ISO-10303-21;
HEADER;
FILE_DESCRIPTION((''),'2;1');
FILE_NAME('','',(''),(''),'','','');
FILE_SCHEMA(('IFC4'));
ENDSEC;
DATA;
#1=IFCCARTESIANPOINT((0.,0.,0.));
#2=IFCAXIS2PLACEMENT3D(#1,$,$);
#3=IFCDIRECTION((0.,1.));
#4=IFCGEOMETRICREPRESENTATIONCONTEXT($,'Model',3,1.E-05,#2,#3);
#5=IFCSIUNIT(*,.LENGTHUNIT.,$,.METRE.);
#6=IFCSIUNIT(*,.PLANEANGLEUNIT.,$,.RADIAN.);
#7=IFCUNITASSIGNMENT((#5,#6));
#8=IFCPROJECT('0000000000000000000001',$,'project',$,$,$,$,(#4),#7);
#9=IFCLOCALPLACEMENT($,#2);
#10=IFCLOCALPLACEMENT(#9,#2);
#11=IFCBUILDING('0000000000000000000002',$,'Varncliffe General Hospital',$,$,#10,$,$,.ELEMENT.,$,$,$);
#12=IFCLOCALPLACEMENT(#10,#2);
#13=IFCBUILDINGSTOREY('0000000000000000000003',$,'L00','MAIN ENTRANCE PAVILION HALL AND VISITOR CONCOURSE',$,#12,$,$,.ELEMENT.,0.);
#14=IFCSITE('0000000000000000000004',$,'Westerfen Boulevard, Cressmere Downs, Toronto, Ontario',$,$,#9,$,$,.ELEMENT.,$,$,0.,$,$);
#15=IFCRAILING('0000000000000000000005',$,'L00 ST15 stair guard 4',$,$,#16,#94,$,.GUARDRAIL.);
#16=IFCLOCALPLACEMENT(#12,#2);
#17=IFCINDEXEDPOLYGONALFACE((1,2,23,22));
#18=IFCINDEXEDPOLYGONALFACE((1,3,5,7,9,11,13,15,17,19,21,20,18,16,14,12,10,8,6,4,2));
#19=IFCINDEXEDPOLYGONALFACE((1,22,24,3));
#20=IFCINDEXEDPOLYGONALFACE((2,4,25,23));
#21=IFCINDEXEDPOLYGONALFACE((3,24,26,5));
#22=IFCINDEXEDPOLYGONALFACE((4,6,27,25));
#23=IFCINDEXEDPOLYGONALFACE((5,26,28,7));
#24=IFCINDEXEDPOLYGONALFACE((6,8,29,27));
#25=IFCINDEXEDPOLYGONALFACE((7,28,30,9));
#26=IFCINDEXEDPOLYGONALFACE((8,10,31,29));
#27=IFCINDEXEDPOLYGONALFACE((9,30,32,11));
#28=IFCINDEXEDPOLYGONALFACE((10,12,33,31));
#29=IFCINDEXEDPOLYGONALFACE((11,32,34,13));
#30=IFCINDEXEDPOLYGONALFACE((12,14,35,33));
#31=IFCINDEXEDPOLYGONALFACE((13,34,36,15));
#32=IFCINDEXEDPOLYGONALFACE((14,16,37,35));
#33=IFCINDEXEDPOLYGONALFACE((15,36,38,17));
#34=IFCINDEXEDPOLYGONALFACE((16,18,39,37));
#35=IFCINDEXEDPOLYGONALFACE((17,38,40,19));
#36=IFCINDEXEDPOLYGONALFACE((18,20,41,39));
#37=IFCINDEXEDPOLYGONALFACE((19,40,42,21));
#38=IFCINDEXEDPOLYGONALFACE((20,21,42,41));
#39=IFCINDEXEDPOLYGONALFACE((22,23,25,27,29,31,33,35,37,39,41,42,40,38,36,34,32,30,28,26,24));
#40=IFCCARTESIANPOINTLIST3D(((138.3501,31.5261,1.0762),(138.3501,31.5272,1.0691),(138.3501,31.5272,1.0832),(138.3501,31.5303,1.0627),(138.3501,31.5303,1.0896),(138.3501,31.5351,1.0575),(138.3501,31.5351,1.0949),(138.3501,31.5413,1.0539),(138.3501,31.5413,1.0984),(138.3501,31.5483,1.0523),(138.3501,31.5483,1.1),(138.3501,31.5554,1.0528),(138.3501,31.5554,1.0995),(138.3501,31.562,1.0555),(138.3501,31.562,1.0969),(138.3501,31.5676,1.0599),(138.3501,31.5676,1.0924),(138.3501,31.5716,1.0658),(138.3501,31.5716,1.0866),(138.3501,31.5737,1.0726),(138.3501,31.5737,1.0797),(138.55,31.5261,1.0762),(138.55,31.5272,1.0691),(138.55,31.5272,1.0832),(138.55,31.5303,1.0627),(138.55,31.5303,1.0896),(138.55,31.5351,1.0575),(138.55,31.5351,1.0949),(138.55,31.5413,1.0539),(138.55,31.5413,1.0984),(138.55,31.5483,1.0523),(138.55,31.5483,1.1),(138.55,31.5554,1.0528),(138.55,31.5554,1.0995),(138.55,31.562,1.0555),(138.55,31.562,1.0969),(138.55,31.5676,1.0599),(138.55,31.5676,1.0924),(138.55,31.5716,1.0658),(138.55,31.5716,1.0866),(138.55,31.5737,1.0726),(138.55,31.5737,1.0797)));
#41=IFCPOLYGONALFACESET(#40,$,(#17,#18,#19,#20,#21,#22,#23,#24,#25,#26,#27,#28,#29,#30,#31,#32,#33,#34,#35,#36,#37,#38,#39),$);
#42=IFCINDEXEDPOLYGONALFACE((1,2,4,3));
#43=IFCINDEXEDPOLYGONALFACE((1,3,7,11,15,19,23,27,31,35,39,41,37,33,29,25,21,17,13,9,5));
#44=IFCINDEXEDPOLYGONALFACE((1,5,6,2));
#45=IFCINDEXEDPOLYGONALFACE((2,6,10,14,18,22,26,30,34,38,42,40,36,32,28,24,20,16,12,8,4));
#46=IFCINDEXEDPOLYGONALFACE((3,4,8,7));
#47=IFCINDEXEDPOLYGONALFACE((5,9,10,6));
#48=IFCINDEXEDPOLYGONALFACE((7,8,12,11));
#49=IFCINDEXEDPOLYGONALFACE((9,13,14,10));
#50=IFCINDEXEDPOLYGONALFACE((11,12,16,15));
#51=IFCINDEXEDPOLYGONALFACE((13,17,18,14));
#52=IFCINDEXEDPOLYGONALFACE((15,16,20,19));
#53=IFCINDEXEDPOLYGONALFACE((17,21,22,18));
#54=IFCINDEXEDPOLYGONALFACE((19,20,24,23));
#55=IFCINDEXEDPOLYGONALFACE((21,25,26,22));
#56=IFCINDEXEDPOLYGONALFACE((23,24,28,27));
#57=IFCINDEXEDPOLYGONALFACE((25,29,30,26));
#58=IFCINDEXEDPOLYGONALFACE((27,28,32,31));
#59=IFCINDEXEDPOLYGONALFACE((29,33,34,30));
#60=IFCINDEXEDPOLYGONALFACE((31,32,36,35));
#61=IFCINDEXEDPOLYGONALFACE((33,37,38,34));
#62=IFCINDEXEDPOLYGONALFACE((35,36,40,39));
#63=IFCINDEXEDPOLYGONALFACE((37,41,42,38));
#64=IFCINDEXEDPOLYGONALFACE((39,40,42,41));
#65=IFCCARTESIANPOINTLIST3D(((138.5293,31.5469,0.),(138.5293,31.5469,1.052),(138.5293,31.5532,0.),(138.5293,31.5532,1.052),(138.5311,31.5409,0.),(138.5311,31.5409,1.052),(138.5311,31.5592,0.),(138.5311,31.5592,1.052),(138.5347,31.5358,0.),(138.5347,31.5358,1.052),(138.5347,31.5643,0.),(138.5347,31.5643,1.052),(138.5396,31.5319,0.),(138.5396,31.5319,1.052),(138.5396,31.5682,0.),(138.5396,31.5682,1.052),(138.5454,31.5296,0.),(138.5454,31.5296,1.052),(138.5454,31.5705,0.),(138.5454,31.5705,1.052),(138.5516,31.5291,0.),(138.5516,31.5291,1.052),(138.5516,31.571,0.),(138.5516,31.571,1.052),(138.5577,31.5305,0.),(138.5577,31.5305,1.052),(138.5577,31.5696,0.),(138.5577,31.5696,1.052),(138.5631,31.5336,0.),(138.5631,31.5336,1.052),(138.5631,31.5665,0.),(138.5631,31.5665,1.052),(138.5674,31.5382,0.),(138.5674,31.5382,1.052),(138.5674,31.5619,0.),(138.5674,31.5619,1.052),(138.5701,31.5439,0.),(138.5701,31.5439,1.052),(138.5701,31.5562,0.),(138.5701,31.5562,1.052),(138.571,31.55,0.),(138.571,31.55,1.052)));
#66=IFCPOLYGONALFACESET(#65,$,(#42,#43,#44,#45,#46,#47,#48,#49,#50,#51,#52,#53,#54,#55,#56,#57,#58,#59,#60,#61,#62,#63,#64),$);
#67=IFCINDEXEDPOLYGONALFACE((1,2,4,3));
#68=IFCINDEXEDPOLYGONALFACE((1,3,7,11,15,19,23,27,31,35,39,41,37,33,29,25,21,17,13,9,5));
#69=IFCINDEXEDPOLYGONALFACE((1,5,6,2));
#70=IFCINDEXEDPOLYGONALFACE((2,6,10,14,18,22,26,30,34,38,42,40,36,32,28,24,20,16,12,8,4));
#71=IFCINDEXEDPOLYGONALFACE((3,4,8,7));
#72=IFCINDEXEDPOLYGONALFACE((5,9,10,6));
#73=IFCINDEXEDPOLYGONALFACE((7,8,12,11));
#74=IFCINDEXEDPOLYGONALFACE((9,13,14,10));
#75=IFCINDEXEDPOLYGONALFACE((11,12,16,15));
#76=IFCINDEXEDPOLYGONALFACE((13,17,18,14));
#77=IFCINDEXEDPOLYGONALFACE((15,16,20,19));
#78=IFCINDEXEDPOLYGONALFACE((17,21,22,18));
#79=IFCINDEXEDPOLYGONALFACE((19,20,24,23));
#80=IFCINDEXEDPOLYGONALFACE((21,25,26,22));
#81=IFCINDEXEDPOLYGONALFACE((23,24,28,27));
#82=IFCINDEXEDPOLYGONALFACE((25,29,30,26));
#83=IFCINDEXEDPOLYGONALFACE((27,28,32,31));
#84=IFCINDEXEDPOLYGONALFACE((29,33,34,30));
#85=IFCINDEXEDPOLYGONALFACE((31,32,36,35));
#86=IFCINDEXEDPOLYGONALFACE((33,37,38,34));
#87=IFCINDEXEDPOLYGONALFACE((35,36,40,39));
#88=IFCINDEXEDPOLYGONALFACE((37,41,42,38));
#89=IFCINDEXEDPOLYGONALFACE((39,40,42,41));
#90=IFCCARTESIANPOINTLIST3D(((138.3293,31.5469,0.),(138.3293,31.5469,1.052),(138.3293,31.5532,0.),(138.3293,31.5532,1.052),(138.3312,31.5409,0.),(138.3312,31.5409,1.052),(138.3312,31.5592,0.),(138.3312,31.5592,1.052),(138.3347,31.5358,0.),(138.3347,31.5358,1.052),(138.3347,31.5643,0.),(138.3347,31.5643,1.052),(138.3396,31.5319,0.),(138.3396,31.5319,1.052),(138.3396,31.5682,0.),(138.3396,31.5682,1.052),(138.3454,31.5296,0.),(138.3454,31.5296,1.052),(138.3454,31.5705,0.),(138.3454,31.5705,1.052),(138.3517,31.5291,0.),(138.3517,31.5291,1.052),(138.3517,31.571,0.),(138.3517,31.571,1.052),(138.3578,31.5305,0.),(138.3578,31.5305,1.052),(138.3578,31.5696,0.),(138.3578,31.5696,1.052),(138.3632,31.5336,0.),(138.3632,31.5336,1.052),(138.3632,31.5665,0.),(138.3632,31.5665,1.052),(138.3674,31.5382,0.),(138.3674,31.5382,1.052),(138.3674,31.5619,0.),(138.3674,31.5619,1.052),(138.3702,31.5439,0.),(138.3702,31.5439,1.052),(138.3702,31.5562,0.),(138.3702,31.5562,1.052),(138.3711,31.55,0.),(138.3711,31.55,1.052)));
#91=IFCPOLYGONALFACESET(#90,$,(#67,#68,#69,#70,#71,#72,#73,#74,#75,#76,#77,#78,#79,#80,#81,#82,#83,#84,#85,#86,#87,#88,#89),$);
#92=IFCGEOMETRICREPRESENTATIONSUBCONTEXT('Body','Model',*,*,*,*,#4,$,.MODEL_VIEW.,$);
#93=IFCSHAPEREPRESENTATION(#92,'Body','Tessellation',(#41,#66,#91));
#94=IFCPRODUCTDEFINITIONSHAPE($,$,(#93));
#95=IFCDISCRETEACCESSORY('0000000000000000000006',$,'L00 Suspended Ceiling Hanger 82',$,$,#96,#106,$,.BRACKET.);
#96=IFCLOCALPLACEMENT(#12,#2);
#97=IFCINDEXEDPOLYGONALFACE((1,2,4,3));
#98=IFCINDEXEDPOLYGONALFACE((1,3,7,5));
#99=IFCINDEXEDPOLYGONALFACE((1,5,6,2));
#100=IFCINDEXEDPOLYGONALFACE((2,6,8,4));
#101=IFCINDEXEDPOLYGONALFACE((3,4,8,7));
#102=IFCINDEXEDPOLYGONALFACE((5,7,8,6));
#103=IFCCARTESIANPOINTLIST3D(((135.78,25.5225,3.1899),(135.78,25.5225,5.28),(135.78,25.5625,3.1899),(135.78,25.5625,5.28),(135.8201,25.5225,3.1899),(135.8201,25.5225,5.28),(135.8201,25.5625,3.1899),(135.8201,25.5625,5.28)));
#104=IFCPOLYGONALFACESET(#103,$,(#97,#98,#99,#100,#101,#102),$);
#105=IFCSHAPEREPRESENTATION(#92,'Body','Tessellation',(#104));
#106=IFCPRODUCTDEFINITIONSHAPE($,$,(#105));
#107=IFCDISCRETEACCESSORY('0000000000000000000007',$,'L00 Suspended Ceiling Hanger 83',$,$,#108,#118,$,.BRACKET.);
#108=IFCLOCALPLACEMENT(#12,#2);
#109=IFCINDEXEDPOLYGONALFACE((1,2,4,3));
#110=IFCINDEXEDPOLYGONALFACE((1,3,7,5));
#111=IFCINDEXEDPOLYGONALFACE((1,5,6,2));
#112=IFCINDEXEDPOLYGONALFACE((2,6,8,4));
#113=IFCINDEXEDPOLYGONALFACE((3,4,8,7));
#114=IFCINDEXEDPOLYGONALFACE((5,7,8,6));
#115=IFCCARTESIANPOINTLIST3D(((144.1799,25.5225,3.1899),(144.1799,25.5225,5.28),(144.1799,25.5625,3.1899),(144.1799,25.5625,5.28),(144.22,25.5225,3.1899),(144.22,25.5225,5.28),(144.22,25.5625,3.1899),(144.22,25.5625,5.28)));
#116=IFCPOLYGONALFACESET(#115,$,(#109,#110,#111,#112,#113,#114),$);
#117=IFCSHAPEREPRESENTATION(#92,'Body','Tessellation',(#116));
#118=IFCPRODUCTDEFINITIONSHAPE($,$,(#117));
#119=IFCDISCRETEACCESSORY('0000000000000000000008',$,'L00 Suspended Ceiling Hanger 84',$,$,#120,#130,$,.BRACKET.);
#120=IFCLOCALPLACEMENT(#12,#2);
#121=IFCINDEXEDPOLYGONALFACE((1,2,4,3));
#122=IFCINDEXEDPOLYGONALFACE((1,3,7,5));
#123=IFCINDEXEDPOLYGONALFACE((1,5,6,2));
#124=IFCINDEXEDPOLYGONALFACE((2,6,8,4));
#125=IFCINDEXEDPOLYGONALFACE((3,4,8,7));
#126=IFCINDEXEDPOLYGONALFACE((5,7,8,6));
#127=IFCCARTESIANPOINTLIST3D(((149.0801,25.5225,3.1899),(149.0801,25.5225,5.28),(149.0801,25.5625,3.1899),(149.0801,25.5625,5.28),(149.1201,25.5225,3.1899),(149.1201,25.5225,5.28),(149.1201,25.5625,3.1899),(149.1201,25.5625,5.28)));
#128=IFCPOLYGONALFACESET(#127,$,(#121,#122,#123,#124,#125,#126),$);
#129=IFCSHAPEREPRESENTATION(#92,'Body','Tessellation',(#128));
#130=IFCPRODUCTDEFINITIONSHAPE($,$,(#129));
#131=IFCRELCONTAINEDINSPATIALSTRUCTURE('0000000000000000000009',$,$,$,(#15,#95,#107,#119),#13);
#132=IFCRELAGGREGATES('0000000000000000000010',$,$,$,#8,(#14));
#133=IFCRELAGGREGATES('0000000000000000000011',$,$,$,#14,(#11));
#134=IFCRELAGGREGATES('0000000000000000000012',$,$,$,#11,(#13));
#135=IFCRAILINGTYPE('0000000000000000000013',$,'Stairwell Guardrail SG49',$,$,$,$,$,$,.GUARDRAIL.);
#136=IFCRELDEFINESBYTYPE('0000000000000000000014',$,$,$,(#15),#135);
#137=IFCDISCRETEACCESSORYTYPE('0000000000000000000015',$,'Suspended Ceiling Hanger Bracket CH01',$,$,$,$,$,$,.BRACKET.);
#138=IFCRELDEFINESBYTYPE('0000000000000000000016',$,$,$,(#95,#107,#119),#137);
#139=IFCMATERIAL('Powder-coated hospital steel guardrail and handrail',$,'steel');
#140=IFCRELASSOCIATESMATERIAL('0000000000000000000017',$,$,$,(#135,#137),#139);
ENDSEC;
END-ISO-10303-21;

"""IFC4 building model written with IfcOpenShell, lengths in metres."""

from ifc_helpers import new_model, si_unit, direction, frame, origin, origin_2d, place, context, subcontext, project, spatial, rectangle, circle, extrude, material, type_object, element, save


model = new_model("IFC4")

# Units and contexts
model_context = context("Model", 3, precision=1e-05, world=origin(), true_north=direction((0.0, 1.0)))
body_context = subcontext(model_context, "Body", "Model", "MODEL_VIEW")
ifc_project = project(units=[si_unit("LENGTHUNIT", "METRE"), si_unit("PLANEANGLEUNIT", "RADIAN")], contexts=[model_context])

# Site, building, storey
site_placement = place(None, origin())
site = spatial("IfcSite", under=ifc_project, at=site_placement, Name="Westerfen Boulevard, Cressmere Downs, Toronto, Ontario", CompositionType="ELEMENT", RefElevation=0.0)
building_placement = place(site_placement, origin())
building = spatial("IfcBuilding", under=site, at=building_placement, Name="Varncliffe General Hospital", CompositionType="ELEMENT")
storey_placement = place(building_placement, origin())
storey = spatial("IfcBuildingStorey", under=building, at=storey_placement, Name="L00", Description="MAIN ENTRANCE PAVILION HALL AND VISITOR CONCOURSE", CompositionType="ELEMENT", Elevation=0.0)

# Railing
ifc_material_1 = material(Name="Powder-coated hospital steel guardrail and handrail", Category="steel")
railing_type_1 = type_object("IfcRailingType", Name="Stairwell Guardrail SG49", PredefinedType="GUARDRAIL", material=ifc_material_1)
railing_1_placement = place(storey_placement, frame((138.55, 31.55, 0.0)))
element("IfcRailing", 1, at=railing_1_placement, inside=storey, type_object=railing_type_1, Name="L00 ST15 stair guard 4", PredefinedType="GUARDRAIL", context=body_context, shape_type="SweptSolid", body=[
    extrude(circle(Radius=0.0239, at=origin_2d()), frame((0.0, 0.0, 1.0762), z_axis=(-1.0, 0.0, 0.0), x_axis=(0.0, -1.0, 0.0)), (0.0, 0.0, 1.0), 0.2),
    extrude(circle(Radius=0.021, at=origin_2d()), origin(), (0.0, 0.0, 1.0), 1.052),
    extrude(circle(Radius=0.021, at=origin_2d()), frame((-0.2, 0.0, 0.0)), (0.0, 0.0, 1.0), 1.052),
])

# Discrete accessories
discrete_accessory_type = type_object("IfcDiscreteAccessoryType", Name="Suspended Ceiling Hanger Bracket CH01", PredefinedType="BRACKET", material=ifc_material_1)
for number, where, z_axis, x_axis, name in (
    (2, (135.8, 25.5425, 3.1899), (0.0, 0.0, 1.0), (1.0, 0.0, 0.0), "L00 Suspended Ceiling Hanger 82"),
    (3, (144.2, 25.5425, 3.1899), (0.0, 0.0, 1.0), (1.0, 0.0, 0.0), "L00 Suspended Ceiling Hanger 83"),
    (4, (149.1001, 25.5425, 3.1899), (0.0, 0.0, 1.0), (1.0, 0.0, 0.0), "L00 Suspended Ceiling Hanger 84"),
):
    element("IfcDiscreteAccessory", number, at=place(storey_placement, frame(where, z_axis=z_axis, x_axis=x_axis)), inside=storey, type_object=discrete_accessory_type, Name=name, PredefinedType="BRACKET", context=body_context, shape_type="SweptSolid", body=[
        extrude(rectangle(XDim=0.04, YDim=0.04, at=origin_2d()), origin(), (0.0, 0.0, 1.0), 2.0901),
    ])

save(model, "model.ifc")
